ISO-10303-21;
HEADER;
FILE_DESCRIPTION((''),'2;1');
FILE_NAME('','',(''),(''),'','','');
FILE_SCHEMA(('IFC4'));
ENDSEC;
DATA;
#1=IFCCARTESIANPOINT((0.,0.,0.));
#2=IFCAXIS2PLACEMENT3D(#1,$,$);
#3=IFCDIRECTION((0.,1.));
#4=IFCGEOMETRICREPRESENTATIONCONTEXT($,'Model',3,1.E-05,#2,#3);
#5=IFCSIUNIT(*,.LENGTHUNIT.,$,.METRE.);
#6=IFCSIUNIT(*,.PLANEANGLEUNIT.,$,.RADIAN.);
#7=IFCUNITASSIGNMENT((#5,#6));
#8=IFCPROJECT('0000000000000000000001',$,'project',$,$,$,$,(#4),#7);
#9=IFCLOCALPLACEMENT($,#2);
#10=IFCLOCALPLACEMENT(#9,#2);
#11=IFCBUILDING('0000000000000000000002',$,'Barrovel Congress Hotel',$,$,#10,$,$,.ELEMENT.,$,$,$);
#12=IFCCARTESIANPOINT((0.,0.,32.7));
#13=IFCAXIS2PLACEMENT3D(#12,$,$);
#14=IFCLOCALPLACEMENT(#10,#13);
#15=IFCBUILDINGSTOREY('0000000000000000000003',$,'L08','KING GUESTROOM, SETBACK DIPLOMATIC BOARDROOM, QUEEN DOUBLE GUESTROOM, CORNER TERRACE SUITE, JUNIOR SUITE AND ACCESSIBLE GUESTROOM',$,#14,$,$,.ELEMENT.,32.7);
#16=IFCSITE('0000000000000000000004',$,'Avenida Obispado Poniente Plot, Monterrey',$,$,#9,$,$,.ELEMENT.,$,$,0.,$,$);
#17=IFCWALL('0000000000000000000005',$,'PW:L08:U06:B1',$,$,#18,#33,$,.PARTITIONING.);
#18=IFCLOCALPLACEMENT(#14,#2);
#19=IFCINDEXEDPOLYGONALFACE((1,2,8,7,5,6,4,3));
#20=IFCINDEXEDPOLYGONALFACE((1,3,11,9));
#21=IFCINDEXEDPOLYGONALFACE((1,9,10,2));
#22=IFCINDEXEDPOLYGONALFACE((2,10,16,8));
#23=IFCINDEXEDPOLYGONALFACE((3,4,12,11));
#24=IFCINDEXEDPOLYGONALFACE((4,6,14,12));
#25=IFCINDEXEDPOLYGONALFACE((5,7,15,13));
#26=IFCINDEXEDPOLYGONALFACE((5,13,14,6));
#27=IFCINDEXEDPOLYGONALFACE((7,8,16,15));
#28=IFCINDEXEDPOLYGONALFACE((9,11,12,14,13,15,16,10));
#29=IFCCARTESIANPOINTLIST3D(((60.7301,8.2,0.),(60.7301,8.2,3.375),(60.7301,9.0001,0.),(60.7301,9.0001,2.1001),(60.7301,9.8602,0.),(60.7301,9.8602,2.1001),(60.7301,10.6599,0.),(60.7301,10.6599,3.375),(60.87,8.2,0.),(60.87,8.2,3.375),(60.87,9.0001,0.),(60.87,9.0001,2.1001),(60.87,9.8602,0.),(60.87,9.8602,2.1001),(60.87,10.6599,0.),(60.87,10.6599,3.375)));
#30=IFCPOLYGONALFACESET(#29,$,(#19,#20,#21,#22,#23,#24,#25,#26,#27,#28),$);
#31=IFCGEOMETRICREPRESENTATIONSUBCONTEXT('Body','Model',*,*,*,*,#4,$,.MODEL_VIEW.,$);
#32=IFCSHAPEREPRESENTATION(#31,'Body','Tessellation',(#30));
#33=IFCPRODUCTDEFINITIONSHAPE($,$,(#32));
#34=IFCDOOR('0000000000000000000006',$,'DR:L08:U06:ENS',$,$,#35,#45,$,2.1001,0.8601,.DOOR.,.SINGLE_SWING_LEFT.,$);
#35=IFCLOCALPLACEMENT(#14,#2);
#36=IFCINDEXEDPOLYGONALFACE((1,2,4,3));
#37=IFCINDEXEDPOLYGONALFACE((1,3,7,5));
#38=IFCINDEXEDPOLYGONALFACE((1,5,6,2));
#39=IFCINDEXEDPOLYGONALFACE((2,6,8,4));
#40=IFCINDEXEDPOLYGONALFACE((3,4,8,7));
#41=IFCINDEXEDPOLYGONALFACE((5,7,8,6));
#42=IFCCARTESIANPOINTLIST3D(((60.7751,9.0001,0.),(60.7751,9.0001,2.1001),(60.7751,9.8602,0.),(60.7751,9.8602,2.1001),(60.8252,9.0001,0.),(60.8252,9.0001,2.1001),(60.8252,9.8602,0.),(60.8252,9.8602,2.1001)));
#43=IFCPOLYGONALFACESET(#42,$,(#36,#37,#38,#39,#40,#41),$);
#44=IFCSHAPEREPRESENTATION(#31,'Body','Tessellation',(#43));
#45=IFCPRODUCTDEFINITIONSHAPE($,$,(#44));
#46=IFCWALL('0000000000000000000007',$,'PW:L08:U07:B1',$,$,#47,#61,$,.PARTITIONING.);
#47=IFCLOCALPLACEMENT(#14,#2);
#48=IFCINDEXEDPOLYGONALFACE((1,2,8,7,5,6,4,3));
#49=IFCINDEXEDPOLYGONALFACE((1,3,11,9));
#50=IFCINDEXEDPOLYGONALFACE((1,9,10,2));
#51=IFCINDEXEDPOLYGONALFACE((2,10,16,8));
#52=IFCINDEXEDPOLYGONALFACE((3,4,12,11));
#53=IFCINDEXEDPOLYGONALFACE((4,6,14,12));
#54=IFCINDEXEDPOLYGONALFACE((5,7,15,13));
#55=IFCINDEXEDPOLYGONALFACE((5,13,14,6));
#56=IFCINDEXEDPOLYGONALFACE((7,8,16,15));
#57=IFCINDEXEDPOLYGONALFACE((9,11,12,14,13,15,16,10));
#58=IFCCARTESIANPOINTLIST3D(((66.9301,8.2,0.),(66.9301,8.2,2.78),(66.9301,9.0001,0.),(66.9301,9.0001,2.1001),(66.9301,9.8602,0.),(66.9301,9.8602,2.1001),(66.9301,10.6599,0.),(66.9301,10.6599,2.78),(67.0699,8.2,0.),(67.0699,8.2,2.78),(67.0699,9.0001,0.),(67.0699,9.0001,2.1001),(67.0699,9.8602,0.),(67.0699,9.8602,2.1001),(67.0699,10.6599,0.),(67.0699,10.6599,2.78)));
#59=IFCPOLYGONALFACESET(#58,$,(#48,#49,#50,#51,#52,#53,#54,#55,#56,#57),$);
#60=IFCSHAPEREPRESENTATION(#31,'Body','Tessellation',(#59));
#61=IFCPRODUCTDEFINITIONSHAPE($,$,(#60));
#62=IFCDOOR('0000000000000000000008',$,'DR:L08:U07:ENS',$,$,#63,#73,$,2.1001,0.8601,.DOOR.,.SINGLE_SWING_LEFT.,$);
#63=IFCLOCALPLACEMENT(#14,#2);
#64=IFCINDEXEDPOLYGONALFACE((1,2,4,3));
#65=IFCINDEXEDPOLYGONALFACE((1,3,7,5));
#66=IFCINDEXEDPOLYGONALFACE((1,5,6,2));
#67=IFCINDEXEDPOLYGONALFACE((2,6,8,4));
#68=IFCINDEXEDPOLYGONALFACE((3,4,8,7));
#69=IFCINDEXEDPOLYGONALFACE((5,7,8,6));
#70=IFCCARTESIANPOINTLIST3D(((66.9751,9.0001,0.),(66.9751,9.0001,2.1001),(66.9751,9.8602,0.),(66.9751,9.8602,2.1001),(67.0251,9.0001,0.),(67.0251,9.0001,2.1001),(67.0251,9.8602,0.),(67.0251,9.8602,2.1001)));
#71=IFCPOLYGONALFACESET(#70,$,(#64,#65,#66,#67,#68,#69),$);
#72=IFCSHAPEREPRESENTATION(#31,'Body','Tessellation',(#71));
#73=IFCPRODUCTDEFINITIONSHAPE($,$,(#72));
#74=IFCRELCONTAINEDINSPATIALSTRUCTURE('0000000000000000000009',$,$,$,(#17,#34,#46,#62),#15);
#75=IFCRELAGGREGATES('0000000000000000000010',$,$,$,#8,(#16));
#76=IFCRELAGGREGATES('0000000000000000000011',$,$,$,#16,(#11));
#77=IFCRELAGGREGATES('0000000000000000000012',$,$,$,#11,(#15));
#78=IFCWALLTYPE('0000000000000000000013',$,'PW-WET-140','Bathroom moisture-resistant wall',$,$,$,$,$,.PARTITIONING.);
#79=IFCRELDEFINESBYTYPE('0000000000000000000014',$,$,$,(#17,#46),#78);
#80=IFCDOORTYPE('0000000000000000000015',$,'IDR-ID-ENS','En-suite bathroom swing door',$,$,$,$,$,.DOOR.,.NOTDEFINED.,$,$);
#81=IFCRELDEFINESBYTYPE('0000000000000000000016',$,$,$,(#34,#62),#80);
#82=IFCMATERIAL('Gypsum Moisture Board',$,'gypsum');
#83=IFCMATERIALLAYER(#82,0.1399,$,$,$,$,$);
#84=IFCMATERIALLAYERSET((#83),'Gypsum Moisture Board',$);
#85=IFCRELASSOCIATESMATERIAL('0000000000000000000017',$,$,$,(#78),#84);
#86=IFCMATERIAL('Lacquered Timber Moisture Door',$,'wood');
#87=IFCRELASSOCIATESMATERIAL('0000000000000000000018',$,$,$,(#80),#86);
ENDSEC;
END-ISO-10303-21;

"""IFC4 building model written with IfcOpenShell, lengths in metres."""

from ifc_helpers import new_model, si_unit, direction, frame, frame_2d, origin, place, context, subcontext, project, spatial, rectangle, extrude, material, layer, layer_set, type_object, element, fill, save


model = new_model("IFC4")

# Units and contexts
model_context = context("Model", 3, precision=1e-05, world=origin(), true_north=direction((0.0, 1.0)))
body_context = subcontext(model_context, "Body", "Model", "MODEL_VIEW")
ifc_project = project(units=[si_unit("LENGTHUNIT", "METRE"), si_unit("PLANEANGLEUNIT", "RADIAN")], contexts=[model_context])

# Site, building, storey
site_placement = place(None, origin())
site = spatial("IfcSite", under=ifc_project, at=site_placement, Name="Avenida Obispado Poniente Plot, Monterrey", CompositionType="ELEMENT", RefElevation=0.0)
building_placement = place(site_placement, origin())
building = spatial("IfcBuilding", under=site, at=building_placement, Name="Barrovel Congress Hotel", CompositionType="ELEMENT")
storey_placement = place(building_placement, frame((0.0, 0.0, 32.7)))
storey = spatial("IfcBuildingStorey", under=building, at=storey_placement, Name="L08", Description="KING GUESTROOM, SETBACK DIPLOMATIC BOARDROOM, QUEEN DOUBLE GUESTROOM, CORNER TERRACE SUITE, JUNIOR SUITE AND ACCESSIBLE GUESTROOM", CompositionType="ELEMENT", Elevation=32.7)

# Walls, openings, doors
ifc_material_1 = material(Name="Gypsum Moisture Board", Category="gypsum")
ifc_layer_1 = layer(ifc_material_1, 0.1399)
ifc_layer_set_1 = layer_set([ifc_layer_1], Name="Gypsum Moisture Board")
wall_type_1 = type_object("IfcWallType", Name="PW-WET-140", Description="Bathroom moisture-resistant wall", PredefinedType="PARTITIONING", material=ifc_layer_set_1)
wall_1_placement = place(storey_placement, frame((60.8, 8.2, 0.0), z_axis=(0.0, 0.0, 1.0), x_axis=(0.0, 1.0, 0.0)))
wall_1 = element("IfcWall", 1, at=wall_1_placement, inside=storey, type_object=wall_type_1, Name="PW:L08:U06:B1", PredefinedType="PARTITIONING", context=body_context, shape_type="SweptSolid", body=[
    extrude(rectangle(XDim=2.46, YDim=0.1399, at=frame_2d((1.23, 0.0))), origin(), (0.0, 0.0, 1.0), 3.375),
])
opening_1_placement = place(wall_1_placement, frame((0.8, 0.0, 0.0)))
opening_1 = element("IfcOpeningElement", 2, at=opening_1_placement, cuts=wall_1, PredefinedType="OPENING", context=body_context, shape_type="SweptSolid", body=[
    extrude(rectangle(XDim=0.8601, YDim=2.1001, at=frame_2d((0.4302, 1.05))), frame((0.0, 0.0801, 0.0), z_axis=(0.0, -1.0, 0.0), x_axis=(1.0, 0.0, 0.0)), (0.0, 0.0, 1.0), 0.1599),
])
ifc_material_2 = material(Name="Lacquered Timber Moisture Door", Category="wood")
door_type_1 = type_object("IfcDoorType", Name="IDR-ID-ENS", Description="En-suite bathroom swing door", OperationType="NOTDEFINED", PredefinedType="DOOR", material=ifc_material_2)
door_1_placement = place(opening_1_placement, origin())
door_1 = element("IfcDoor", 3, at=door_1_placement, inside=storey, type_object=door_type_1, Name="DR:L08:U06:ENS", OperationType="SINGLE_SWING_LEFT", OverallHeight=2.1001, OverallWidth=0.8601, PredefinedType="DOOR", context=body_context, shape_type="SweptSolid", body=[
    extrude(rectangle(XDim=0.8601, YDim=2.1001, at=frame_2d((0.4302, 1.05))), frame((0.0, 0.0249, 0.0), z_axis=(0.0, -1.0, 0.0), x_axis=(1.0, 0.0, 0.0)), (0.0, 0.0, 1.0), 0.05),
])
fill(opening_1, door_1)
wall_2_placement = place(storey_placement, frame((67.0, 8.2, 0.0), z_axis=(0.0, 0.0, 1.0), x_axis=(0.0, 1.0, 0.0)))
wall_2 = element("IfcWall", 4, at=wall_2_placement, inside=storey, type_object=wall_type_1, Name="PW:L08:U07:B1", PredefinedType="PARTITIONING", context=body_context, shape_type="SweptSolid", body=[
    extrude(rectangle(XDim=2.46, YDim=0.1399, at=frame_2d((1.23, 0.0))), origin(), (0.0, 0.0, 1.0), 2.78),
])
opening_2_placement = place(wall_2_placement, frame((0.8, 0.0, 0.0)))
opening_2 = element("IfcOpeningElement", 5, at=opening_2_placement, cuts=wall_2, PredefinedType="OPENING", context=body_context, shape_type="SweptSolid", body=[
    extrude(rectangle(XDim=0.8601, YDim=2.1001, at=frame_2d((0.4302, 1.05))), frame((0.0, 0.0801, 0.0), z_axis=(0.0, -1.0, 0.0), x_axis=(1.0, 0.0, 0.0)), (0.0, 0.0, 1.0), 0.1599),
])
door_2_placement = place(opening_2_placement, origin())
door_2 = element("IfcDoor", 6, at=door_2_placement, inside=storey, type_object=door_type_1, Name="DR:L08:U07:ENS", OperationType="SINGLE_SWING_LEFT", OverallHeight=2.1001, OverallWidth=0.8601, PredefinedType="DOOR", context=body_context, shape_type="SweptSolid", body=[
    extrude(rectangle(XDim=0.8601, YDim=2.1001, at=frame_2d((0.4302, 1.05))), frame((0.0, 0.0249, 0.0), z_axis=(0.0, -1.0, 0.0), x_axis=(1.0, 0.0, 0.0)), (0.0, 0.0, 1.0), 0.05),
])
fill(opening_2, door_2)

save(model, "model.ifc")
